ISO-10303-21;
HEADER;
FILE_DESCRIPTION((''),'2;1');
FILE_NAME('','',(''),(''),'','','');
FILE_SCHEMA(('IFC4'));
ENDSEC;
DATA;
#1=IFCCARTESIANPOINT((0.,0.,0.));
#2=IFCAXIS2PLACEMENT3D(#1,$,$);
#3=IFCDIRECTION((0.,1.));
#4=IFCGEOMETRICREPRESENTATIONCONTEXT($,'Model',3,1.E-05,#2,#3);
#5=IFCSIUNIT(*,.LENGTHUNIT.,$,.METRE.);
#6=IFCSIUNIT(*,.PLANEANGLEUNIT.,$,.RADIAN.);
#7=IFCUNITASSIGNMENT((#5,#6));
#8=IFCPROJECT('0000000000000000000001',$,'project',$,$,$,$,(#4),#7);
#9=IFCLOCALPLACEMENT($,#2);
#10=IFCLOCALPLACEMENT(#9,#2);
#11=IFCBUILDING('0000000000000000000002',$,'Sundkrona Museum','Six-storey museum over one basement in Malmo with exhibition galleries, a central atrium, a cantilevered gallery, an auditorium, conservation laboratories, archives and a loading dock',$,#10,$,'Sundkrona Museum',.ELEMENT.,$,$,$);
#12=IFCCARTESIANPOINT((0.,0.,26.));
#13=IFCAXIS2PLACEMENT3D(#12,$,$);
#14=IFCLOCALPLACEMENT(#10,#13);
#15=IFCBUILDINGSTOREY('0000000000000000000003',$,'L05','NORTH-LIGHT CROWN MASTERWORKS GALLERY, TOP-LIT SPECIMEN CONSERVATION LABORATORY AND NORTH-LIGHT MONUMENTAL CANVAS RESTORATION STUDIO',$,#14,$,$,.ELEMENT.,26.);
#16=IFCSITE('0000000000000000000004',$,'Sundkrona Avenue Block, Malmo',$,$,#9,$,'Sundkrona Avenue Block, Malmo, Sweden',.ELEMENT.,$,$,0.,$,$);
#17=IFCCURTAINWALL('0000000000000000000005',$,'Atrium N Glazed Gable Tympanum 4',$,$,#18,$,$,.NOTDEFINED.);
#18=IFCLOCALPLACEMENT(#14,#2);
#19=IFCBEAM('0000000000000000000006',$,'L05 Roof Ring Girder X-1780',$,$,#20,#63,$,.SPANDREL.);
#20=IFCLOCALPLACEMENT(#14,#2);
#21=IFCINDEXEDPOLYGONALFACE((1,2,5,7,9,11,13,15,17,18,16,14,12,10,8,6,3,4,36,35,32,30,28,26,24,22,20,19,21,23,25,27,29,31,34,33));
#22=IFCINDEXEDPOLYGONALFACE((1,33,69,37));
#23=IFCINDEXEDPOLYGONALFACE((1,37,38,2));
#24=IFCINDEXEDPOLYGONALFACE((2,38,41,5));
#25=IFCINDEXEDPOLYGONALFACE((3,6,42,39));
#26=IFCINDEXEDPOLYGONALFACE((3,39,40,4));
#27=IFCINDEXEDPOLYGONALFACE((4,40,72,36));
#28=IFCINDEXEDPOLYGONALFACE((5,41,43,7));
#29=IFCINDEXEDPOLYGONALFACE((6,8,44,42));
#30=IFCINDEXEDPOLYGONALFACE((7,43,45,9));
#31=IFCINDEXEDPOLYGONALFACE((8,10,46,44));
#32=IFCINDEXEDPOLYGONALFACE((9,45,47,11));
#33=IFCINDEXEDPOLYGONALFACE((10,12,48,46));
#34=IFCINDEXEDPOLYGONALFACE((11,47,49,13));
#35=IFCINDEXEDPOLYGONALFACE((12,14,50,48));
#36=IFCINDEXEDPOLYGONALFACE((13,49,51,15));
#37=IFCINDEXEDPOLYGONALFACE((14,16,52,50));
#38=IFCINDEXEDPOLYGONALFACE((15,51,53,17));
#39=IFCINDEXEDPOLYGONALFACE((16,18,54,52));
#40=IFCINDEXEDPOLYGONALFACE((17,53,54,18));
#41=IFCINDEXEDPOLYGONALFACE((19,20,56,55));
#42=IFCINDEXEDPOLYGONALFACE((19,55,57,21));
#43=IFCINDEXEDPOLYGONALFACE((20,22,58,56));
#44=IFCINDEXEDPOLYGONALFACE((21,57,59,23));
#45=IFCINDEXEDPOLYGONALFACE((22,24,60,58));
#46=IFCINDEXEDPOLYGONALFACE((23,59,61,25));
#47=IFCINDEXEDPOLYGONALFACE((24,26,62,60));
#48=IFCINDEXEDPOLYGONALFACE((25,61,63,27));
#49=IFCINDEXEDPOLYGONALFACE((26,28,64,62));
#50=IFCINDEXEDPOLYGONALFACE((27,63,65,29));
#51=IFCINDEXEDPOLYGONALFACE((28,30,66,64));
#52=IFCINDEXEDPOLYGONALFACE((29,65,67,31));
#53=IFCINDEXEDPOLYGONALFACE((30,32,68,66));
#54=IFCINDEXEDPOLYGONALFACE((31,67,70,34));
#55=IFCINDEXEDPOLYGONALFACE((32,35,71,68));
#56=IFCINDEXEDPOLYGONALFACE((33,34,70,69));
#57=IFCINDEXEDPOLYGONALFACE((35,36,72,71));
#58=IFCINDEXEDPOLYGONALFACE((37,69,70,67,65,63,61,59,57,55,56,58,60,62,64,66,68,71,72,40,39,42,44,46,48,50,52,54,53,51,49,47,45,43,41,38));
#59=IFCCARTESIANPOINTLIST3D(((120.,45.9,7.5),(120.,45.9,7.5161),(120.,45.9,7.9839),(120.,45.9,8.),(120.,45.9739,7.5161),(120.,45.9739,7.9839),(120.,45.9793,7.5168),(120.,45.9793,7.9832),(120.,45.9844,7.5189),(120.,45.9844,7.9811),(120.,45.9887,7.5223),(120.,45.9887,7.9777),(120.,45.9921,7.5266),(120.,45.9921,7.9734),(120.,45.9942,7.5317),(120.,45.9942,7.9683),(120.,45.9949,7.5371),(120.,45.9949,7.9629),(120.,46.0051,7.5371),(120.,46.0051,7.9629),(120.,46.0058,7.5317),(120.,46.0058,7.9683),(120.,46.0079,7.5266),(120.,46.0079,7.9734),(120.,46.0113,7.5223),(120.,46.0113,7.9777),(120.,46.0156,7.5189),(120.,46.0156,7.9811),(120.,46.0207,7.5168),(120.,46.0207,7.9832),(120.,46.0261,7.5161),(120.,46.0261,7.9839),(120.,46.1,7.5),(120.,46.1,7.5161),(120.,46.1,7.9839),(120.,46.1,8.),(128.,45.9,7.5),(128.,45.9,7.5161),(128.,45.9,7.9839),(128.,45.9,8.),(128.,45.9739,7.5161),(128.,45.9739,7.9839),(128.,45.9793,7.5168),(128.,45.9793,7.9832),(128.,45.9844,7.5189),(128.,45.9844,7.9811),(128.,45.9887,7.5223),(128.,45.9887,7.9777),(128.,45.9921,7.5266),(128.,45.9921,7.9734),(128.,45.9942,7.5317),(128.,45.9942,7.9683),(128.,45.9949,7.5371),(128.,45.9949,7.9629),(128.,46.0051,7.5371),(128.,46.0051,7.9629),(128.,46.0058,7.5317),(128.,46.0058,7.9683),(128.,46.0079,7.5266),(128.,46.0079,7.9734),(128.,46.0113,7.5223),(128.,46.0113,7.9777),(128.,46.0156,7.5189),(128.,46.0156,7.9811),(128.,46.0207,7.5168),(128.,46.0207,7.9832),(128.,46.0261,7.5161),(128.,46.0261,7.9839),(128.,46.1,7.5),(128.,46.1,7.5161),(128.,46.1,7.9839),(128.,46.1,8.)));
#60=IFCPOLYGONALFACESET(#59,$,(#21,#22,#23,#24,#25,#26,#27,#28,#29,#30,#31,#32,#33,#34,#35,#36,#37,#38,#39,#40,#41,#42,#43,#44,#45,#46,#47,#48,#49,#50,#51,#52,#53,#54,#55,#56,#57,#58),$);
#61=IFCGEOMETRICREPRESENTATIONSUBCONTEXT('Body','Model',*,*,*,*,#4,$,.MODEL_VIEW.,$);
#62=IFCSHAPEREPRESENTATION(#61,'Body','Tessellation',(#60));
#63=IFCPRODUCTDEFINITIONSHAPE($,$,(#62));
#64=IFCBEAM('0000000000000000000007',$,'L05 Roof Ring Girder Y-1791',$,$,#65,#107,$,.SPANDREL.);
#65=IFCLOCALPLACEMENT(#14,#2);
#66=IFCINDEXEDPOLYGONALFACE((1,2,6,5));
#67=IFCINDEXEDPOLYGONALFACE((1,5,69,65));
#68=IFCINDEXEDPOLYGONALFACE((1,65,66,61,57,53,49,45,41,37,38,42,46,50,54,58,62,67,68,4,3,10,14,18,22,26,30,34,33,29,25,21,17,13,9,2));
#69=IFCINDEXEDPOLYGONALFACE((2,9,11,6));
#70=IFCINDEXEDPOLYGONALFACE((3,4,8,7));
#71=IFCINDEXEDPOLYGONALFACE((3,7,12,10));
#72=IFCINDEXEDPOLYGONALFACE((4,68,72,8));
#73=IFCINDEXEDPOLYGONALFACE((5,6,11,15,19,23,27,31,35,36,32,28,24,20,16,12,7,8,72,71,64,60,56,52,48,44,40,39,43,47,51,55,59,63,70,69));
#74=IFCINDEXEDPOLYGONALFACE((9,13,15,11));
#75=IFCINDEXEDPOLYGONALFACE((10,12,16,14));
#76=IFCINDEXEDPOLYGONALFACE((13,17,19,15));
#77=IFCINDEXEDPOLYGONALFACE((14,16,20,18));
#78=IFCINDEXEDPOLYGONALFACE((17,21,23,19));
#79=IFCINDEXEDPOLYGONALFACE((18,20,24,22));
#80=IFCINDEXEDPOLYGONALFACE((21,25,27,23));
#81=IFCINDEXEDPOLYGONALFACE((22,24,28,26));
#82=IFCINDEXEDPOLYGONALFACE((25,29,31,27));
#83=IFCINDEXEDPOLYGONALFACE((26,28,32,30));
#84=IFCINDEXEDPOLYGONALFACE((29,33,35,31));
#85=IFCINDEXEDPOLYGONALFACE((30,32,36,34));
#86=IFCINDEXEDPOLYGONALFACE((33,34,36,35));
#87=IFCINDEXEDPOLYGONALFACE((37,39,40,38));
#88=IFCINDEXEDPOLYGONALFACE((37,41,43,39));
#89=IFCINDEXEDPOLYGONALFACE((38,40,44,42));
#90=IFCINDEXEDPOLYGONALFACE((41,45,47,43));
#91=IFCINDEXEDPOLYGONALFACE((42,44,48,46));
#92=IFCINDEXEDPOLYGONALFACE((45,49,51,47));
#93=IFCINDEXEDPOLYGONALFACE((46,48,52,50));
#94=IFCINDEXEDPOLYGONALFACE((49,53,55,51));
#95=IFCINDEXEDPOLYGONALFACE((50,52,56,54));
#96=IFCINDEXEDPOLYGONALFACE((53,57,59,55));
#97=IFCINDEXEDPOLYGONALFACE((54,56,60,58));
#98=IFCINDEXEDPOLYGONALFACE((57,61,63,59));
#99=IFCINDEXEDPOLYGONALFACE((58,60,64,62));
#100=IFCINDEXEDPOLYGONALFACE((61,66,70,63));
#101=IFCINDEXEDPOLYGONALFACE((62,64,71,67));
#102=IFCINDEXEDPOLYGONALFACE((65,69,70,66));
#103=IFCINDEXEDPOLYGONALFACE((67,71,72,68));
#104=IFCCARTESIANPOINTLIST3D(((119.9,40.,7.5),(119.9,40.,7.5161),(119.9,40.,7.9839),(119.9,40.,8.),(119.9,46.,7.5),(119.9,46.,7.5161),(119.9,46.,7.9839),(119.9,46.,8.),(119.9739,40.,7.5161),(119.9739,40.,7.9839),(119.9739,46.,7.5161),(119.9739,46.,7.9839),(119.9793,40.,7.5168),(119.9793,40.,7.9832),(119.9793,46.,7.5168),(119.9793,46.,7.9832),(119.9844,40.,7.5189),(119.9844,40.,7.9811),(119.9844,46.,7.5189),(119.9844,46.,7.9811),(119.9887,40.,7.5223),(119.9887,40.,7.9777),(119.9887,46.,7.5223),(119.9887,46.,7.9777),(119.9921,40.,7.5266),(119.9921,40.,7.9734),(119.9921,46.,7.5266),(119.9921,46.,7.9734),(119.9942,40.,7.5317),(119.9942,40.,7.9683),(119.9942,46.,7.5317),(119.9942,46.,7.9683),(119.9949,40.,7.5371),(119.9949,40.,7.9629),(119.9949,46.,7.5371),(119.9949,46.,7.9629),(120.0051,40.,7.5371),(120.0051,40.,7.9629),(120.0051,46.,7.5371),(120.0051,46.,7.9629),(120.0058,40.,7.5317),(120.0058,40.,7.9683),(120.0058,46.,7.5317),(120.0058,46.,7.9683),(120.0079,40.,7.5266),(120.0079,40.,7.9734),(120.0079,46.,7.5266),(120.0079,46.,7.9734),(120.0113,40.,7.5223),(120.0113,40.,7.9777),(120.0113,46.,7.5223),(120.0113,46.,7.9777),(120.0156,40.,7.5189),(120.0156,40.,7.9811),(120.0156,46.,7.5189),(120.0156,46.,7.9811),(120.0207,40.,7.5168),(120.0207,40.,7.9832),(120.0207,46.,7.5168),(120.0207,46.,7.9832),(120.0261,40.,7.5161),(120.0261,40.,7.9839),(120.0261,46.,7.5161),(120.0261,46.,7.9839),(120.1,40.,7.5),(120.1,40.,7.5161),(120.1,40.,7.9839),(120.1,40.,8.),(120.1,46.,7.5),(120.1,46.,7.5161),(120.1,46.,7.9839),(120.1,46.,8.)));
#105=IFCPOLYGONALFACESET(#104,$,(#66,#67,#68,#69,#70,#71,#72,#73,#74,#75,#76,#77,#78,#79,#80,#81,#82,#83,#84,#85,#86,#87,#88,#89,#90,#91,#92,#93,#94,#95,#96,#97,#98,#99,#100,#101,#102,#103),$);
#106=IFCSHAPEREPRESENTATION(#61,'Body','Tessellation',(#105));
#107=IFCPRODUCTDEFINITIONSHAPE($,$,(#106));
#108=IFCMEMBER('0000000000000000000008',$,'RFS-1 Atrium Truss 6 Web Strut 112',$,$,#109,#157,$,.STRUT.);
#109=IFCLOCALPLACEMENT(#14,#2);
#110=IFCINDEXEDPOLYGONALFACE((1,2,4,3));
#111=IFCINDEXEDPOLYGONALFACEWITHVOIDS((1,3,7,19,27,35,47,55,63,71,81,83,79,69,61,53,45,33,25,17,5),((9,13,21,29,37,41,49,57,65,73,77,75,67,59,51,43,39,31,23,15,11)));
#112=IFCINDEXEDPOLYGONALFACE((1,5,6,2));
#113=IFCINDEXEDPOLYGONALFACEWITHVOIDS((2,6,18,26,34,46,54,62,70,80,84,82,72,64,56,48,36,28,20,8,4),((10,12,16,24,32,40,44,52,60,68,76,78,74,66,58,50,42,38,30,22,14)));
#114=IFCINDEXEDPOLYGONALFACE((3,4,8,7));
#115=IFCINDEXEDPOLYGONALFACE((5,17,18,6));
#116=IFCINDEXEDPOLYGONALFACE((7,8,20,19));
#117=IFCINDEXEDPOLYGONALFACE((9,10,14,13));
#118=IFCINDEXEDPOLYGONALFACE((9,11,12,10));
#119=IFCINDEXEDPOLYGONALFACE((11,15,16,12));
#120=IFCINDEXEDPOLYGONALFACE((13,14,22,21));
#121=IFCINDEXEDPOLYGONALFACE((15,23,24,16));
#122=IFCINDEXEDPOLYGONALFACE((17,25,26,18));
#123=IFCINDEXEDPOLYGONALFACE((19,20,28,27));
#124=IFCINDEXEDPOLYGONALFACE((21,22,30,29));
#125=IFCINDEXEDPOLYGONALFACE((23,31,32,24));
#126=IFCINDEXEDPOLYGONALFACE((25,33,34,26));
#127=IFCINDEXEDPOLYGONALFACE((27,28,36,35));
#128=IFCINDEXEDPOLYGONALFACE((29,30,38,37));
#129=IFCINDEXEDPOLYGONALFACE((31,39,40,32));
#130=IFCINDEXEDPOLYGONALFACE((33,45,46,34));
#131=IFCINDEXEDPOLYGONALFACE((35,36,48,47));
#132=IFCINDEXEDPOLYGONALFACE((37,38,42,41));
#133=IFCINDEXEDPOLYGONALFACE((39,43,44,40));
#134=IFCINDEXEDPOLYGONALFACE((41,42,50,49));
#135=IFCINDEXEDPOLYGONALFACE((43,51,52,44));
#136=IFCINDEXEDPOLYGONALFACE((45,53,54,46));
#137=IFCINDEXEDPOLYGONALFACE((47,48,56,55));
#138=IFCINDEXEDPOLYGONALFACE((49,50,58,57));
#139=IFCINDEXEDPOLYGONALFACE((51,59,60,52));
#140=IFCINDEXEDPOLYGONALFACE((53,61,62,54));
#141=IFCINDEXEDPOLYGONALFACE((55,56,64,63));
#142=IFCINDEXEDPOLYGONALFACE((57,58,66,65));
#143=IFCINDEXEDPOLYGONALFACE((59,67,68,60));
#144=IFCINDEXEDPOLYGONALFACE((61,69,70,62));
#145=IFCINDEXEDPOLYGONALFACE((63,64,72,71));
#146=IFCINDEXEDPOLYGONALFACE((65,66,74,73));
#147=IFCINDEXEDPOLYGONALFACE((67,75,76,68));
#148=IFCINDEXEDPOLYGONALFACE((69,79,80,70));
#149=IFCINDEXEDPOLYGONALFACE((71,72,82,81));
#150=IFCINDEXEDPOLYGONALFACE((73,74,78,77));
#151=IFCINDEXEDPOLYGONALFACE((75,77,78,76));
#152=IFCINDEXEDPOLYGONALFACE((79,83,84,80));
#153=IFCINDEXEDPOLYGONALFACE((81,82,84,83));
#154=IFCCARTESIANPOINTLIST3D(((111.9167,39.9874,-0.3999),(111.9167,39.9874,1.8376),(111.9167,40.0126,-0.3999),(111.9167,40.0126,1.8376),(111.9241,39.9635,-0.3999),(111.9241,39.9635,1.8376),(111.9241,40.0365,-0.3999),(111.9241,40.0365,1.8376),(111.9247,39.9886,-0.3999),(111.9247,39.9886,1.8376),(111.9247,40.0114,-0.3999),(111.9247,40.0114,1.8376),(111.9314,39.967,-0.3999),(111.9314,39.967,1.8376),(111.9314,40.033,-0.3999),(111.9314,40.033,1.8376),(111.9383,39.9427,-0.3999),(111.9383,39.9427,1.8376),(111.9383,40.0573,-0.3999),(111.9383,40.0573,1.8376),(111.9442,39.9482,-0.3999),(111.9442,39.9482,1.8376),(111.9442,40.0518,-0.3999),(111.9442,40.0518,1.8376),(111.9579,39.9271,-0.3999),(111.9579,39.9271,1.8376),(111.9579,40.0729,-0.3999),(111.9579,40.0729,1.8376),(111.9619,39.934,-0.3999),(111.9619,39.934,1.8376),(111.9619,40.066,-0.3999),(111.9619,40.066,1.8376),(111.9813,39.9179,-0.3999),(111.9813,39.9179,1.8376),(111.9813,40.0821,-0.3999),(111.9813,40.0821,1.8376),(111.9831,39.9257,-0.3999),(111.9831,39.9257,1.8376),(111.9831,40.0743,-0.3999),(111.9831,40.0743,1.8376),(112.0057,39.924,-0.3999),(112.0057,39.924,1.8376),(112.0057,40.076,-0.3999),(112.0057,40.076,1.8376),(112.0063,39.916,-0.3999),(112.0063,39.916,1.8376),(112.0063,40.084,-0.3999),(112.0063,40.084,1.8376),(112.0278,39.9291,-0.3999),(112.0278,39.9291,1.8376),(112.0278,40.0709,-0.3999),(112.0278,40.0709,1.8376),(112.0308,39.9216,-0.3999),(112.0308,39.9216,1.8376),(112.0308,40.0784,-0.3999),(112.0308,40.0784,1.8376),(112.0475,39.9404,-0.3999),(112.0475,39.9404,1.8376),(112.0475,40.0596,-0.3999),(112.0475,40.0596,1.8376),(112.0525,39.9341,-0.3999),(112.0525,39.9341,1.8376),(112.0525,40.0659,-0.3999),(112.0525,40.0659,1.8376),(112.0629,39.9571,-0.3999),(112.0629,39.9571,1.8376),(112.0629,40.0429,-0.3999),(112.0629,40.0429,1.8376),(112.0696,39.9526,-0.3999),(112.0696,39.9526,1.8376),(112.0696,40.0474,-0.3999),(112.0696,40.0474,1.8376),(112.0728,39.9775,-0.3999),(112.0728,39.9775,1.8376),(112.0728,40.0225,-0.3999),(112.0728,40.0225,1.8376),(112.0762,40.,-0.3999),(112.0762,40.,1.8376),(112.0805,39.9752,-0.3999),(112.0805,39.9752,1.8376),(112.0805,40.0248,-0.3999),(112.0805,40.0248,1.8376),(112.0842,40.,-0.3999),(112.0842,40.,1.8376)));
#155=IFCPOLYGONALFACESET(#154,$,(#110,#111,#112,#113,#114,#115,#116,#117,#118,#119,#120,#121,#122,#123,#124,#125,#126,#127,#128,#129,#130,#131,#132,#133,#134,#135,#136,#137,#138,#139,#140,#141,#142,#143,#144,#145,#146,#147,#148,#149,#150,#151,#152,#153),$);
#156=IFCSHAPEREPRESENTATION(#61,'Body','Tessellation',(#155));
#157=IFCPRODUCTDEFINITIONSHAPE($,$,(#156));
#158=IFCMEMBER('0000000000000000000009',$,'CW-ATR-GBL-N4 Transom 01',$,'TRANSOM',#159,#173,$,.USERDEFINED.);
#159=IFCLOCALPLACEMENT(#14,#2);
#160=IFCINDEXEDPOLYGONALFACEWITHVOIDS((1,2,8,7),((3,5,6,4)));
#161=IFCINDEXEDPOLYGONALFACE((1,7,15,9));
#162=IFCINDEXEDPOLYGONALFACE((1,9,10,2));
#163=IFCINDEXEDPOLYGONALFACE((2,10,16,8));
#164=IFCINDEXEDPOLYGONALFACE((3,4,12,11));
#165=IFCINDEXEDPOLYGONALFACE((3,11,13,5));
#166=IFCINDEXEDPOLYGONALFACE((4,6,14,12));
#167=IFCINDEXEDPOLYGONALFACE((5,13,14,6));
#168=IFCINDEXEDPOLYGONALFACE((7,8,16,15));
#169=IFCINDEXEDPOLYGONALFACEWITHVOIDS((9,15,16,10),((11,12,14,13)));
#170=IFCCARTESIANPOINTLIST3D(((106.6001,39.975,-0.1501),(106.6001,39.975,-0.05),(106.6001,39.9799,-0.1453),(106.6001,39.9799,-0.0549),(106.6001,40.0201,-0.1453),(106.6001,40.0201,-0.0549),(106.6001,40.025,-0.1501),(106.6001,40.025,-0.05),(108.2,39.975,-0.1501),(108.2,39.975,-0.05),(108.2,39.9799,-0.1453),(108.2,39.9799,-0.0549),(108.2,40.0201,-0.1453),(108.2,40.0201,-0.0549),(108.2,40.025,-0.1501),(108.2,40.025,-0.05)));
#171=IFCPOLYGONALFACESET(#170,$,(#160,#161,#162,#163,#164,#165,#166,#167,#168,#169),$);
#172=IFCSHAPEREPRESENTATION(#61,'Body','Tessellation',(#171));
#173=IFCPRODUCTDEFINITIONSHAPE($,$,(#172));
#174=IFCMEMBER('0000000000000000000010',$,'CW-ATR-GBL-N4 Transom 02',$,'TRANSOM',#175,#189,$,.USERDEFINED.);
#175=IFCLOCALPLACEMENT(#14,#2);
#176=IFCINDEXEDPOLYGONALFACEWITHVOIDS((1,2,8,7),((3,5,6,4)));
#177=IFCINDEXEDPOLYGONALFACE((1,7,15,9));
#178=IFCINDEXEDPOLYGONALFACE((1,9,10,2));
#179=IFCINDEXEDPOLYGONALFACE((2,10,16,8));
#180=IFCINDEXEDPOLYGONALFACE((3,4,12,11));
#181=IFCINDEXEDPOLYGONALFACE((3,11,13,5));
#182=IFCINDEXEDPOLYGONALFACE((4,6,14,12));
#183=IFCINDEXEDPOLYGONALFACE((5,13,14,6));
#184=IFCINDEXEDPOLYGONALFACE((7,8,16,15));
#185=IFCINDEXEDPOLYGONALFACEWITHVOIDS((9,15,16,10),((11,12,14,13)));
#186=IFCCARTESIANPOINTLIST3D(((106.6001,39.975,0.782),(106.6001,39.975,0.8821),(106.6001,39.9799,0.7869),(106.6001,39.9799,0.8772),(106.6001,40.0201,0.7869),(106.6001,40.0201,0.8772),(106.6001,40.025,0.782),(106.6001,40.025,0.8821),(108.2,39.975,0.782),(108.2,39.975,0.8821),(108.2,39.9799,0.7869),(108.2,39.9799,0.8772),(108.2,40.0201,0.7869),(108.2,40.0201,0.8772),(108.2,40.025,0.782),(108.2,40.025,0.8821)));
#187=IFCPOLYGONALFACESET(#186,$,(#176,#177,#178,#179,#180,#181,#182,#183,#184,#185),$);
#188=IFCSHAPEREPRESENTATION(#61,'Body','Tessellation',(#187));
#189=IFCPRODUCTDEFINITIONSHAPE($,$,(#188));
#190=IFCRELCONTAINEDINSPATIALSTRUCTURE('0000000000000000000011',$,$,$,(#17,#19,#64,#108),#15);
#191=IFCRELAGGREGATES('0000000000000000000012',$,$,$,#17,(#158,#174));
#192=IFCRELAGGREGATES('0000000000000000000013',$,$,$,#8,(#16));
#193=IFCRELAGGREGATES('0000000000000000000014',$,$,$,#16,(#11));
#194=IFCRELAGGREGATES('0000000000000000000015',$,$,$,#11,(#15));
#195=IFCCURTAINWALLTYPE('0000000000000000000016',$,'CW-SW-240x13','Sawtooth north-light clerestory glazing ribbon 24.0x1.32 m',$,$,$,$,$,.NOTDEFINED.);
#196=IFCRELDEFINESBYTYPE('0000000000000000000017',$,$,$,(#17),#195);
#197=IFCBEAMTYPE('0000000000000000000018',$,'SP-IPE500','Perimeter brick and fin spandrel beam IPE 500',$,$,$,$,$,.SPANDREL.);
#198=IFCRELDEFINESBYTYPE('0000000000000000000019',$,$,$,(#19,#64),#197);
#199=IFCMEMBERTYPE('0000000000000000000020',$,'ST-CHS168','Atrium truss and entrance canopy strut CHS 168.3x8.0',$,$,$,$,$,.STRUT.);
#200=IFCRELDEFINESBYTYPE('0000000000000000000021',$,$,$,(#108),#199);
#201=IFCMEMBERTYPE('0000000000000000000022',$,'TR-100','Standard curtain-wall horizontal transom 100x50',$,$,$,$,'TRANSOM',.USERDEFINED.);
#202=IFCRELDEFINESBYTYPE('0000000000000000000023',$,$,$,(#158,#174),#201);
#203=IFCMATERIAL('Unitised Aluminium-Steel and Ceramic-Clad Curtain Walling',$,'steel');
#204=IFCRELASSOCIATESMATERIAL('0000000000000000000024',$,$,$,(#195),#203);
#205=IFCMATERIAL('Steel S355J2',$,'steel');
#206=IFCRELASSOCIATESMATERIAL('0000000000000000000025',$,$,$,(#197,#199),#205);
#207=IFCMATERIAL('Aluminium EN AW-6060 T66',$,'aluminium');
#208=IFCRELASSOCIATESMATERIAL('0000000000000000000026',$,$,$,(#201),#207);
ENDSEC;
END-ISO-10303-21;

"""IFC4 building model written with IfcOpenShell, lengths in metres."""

from ifc_helpers import new_model, si_unit, direction, frame, origin, origin_2d, place, context, subcontext, project, spatial, hollow_rectangle, hollow_circle, i_section, extrude, material, material_profile, profile_set, type_object, element, aggregate, save


model = new_model("IFC4")

# Units and contexts
model_context = context("Model", 3, precision=1e-05, world=origin(), true_north=direction((0.0, 1.0)))
body_context = subcontext(model_context, "Body", "Model", "MODEL_VIEW")
ifc_project = project(units=[si_unit("LENGTHUNIT", "METRE"), si_unit("PLANEANGLEUNIT", "RADIAN")], contexts=[model_context])

# Site, building, storey
site_placement = place(None, origin())
site = spatial("IfcSite", under=ifc_project, at=site_placement, Name="Sundkrona Avenue Block, Malmo", LongName="Sundkrona Avenue Block, Malmo, Sweden", CompositionType="ELEMENT", RefElevation=0.0)
building_placement = place(site_placement, origin())
building = spatial("IfcBuilding", under=site, at=building_placement, Name="Sundkrona Museum", Description="Six-storey museum over one basement in Malmo with exhibition galleries, a central atrium, a cantilevered gallery, an auditorium, conservation laboratories, archives and a loading dock", LongName="Sundkrona Museum", CompositionType="ELEMENT")
storey_placement = place(building_placement, frame((0.0, 0.0, 26.0)))
storey = spatial("IfcBuildingStorey", under=building, at=storey_placement, Name="L05", Description="NORTH-LIGHT CROWN MASTERWORKS GALLERY, TOP-LIT SPECIMEN CONSERVATION LABORATORY AND NORTH-LIGHT MONUMENTAL CANVAS RESTORATION STUDIO", CompositionType="ELEMENT", Elevation=26.0)

# Shared definitions
ifc_material_1 = material(Name="Steel S355J2", Category="steel")

# Curtain wall
ifc_material_2 = material(Name="Unitised Aluminium-Steel and Ceramic-Clad Curtain Walling", Category="steel")
curtain_wall_type = type_object("IfcCurtainWallType", Name="CW-SW-240x13", Description="Sawtooth north-light clerestory glazing ribbon 24.0x1.32 m", PredefinedType="NOTDEFINED", material=ifc_material_2)
curtain_wall_placement = place(storey_placement, origin())
curtain_wall = element("IfcCurtainWall", 1, at=curtain_wall_placement, inside=storey, type_object=curtain_wall_type, Name="Atrium N Glazed Gable Tympanum 4", PredefinedType="NOTDEFINED")
ifc_material_3 = material(Name="Aluminium EN AW-6060 T66", Category="aluminium")

# Beams
ifc_material_profile_1 = material_profile(ifc_material_1, i_section(OverallWidth=0.2, OverallDepth=0.5, WebThickness=0.0103, FlangeThickness=0.0161, FilletRadius=0.021, at=origin_2d()), Name="IPE 500")
ifc_profile_set_1 = profile_set([ifc_material_profile_1], Name="Steel S355J2")
beam_type = type_object("IfcBeamType", Name="SP-IPE500", Description="Perimeter brick and fin spandrel beam IPE 500", PredefinedType="SPANDREL", material=ifc_profile_set_1)
beam_1_placement = place(storey_placement, frame((120.0, 46.0, 7.75), z_axis=(1.0, 0.0, 0.0), x_axis=(0.0, 1.0, 0.0)))
element("IfcBeam", 2, at=beam_1_placement, inside=storey, type_object=beam_type, Name="L05 Roof Ring Girder X-1780", PredefinedType="SPANDREL", context=body_context, shape_type="SweptSolid", body=[
    extrude(i_section(OverallWidth=0.2, OverallDepth=0.5, WebThickness=0.0103, FlangeThickness=0.0161, FilletRadius=0.021, at=origin_2d()), origin(), (0.0, 0.0, 1.0), 8.0),
])
beam_2_placement = place(storey_placement, frame((120.0, 40.0, 7.75), z_axis=(0.0, 1.0, 0.0), x_axis=(-1.0, 0.0, 0.0)))
element("IfcBeam", 3, at=beam_2_placement, inside=storey, type_object=beam_type, Name="L05 Roof Ring Girder Y-1791", PredefinedType="SPANDREL", context=body_context, shape_type="SweptSolid", body=[
    extrude(i_section(OverallWidth=0.2, OverallDepth=0.5, WebThickness=0.0103, FlangeThickness=0.0161, FilletRadius=0.021, at=origin_2d()), origin(), (0.0, 0.0, 1.0), 6.0),
])

# Members
ifc_material_profile_2 = material_profile(ifc_material_1, hollow_circle(Radius=0.0842, WallThickness=0.0081, at=origin_2d()), Name="CHS 168.3x8.0")
ifc_profile_set_2 = profile_set([ifc_material_profile_2], Name="Steel S355J2")
member_type_1 = type_object("IfcMemberType", Name="ST-CHS168", Description="Atrium truss and entrance canopy strut CHS 168.3x8.0", PredefinedType="STRUT", material=ifc_profile_set_2)
member_1_placement = place(storey_placement, frame((112.0, 40.0, -0.3999), z_axis=(0.0, 0.0, 1.0), x_axis=(1.0, 0.0, 0.0)))
element("IfcMember", 4, at=member_1_placement, inside=storey, type_object=member_type_1, Name="RFS-1 Atrium Truss 6 Web Strut 112", PredefinedType="STRUT", context=body_context, shape_type="SweptSolid", body=[
    extrude(hollow_circle(Radius=0.0842, WallThickness=0.0081, at=origin_2d()), origin(), (0.0, 0.0, 1.0), 2.2375),
])
ifc_material_profile_3 = material_profile(ifc_material_3, hollow_rectangle(XDim=0.05, YDim=0.1001, WallThickness=0.0049, at=origin_2d()), Name="RHS 100x50x5.0")
ifc_profile_set_3 = profile_set([ifc_material_profile_3], Name="Aluminium EN AW-6060 T66")
member_type_2 = type_object("IfcMemberType", Name="TR-100", Description="Standard curtain-wall horizontal transom 100x50", ElementType="TRANSOM", PredefinedType="USERDEFINED", material=ifc_profile_set_3)
member_2_placement = place(storey_placement, frame((106.6001, 40.0, -0.1001), z_axis=(1.0, 0.0, 0.0), x_axis=(0.0, 1.0, 0.0)))
member_2 = element("IfcMember", 5, at=member_2_placement, type_object=member_type_2, Name="CW-ATR-GBL-N4 Transom 01", ObjectType="TRANSOM", PredefinedType="USERDEFINED", context=body_context, shape_type="SweptSolid", body=[
    extrude(hollow_rectangle(XDim=0.05, YDim=0.1001, WallThickness=0.0049, at=origin_2d()), origin(), (0.0, 0.0, 1.0), 1.5999),
])
member_3_placement = place(storey_placement, frame((106.6001, 40.0, 0.832), z_axis=(1.0, 0.0, 0.0), x_axis=(0.0, 1.0, 0.0)))
member_3 = element("IfcMember", 6, at=member_3_placement, type_object=member_type_2, Name="CW-ATR-GBL-N4 Transom 02", ObjectType="TRANSOM", PredefinedType="USERDEFINED", context=body_context, shape_type="SweptSolid", body=[
    extrude(hollow_rectangle(XDim=0.05, YDim=0.1001, WallThickness=0.0049, at=origin_2d()), origin(), (0.0, 0.0, 1.0), 1.5999),
])

aggregate(curtain_wall, [member_2, member_3])

save(model, "model.ifc")
